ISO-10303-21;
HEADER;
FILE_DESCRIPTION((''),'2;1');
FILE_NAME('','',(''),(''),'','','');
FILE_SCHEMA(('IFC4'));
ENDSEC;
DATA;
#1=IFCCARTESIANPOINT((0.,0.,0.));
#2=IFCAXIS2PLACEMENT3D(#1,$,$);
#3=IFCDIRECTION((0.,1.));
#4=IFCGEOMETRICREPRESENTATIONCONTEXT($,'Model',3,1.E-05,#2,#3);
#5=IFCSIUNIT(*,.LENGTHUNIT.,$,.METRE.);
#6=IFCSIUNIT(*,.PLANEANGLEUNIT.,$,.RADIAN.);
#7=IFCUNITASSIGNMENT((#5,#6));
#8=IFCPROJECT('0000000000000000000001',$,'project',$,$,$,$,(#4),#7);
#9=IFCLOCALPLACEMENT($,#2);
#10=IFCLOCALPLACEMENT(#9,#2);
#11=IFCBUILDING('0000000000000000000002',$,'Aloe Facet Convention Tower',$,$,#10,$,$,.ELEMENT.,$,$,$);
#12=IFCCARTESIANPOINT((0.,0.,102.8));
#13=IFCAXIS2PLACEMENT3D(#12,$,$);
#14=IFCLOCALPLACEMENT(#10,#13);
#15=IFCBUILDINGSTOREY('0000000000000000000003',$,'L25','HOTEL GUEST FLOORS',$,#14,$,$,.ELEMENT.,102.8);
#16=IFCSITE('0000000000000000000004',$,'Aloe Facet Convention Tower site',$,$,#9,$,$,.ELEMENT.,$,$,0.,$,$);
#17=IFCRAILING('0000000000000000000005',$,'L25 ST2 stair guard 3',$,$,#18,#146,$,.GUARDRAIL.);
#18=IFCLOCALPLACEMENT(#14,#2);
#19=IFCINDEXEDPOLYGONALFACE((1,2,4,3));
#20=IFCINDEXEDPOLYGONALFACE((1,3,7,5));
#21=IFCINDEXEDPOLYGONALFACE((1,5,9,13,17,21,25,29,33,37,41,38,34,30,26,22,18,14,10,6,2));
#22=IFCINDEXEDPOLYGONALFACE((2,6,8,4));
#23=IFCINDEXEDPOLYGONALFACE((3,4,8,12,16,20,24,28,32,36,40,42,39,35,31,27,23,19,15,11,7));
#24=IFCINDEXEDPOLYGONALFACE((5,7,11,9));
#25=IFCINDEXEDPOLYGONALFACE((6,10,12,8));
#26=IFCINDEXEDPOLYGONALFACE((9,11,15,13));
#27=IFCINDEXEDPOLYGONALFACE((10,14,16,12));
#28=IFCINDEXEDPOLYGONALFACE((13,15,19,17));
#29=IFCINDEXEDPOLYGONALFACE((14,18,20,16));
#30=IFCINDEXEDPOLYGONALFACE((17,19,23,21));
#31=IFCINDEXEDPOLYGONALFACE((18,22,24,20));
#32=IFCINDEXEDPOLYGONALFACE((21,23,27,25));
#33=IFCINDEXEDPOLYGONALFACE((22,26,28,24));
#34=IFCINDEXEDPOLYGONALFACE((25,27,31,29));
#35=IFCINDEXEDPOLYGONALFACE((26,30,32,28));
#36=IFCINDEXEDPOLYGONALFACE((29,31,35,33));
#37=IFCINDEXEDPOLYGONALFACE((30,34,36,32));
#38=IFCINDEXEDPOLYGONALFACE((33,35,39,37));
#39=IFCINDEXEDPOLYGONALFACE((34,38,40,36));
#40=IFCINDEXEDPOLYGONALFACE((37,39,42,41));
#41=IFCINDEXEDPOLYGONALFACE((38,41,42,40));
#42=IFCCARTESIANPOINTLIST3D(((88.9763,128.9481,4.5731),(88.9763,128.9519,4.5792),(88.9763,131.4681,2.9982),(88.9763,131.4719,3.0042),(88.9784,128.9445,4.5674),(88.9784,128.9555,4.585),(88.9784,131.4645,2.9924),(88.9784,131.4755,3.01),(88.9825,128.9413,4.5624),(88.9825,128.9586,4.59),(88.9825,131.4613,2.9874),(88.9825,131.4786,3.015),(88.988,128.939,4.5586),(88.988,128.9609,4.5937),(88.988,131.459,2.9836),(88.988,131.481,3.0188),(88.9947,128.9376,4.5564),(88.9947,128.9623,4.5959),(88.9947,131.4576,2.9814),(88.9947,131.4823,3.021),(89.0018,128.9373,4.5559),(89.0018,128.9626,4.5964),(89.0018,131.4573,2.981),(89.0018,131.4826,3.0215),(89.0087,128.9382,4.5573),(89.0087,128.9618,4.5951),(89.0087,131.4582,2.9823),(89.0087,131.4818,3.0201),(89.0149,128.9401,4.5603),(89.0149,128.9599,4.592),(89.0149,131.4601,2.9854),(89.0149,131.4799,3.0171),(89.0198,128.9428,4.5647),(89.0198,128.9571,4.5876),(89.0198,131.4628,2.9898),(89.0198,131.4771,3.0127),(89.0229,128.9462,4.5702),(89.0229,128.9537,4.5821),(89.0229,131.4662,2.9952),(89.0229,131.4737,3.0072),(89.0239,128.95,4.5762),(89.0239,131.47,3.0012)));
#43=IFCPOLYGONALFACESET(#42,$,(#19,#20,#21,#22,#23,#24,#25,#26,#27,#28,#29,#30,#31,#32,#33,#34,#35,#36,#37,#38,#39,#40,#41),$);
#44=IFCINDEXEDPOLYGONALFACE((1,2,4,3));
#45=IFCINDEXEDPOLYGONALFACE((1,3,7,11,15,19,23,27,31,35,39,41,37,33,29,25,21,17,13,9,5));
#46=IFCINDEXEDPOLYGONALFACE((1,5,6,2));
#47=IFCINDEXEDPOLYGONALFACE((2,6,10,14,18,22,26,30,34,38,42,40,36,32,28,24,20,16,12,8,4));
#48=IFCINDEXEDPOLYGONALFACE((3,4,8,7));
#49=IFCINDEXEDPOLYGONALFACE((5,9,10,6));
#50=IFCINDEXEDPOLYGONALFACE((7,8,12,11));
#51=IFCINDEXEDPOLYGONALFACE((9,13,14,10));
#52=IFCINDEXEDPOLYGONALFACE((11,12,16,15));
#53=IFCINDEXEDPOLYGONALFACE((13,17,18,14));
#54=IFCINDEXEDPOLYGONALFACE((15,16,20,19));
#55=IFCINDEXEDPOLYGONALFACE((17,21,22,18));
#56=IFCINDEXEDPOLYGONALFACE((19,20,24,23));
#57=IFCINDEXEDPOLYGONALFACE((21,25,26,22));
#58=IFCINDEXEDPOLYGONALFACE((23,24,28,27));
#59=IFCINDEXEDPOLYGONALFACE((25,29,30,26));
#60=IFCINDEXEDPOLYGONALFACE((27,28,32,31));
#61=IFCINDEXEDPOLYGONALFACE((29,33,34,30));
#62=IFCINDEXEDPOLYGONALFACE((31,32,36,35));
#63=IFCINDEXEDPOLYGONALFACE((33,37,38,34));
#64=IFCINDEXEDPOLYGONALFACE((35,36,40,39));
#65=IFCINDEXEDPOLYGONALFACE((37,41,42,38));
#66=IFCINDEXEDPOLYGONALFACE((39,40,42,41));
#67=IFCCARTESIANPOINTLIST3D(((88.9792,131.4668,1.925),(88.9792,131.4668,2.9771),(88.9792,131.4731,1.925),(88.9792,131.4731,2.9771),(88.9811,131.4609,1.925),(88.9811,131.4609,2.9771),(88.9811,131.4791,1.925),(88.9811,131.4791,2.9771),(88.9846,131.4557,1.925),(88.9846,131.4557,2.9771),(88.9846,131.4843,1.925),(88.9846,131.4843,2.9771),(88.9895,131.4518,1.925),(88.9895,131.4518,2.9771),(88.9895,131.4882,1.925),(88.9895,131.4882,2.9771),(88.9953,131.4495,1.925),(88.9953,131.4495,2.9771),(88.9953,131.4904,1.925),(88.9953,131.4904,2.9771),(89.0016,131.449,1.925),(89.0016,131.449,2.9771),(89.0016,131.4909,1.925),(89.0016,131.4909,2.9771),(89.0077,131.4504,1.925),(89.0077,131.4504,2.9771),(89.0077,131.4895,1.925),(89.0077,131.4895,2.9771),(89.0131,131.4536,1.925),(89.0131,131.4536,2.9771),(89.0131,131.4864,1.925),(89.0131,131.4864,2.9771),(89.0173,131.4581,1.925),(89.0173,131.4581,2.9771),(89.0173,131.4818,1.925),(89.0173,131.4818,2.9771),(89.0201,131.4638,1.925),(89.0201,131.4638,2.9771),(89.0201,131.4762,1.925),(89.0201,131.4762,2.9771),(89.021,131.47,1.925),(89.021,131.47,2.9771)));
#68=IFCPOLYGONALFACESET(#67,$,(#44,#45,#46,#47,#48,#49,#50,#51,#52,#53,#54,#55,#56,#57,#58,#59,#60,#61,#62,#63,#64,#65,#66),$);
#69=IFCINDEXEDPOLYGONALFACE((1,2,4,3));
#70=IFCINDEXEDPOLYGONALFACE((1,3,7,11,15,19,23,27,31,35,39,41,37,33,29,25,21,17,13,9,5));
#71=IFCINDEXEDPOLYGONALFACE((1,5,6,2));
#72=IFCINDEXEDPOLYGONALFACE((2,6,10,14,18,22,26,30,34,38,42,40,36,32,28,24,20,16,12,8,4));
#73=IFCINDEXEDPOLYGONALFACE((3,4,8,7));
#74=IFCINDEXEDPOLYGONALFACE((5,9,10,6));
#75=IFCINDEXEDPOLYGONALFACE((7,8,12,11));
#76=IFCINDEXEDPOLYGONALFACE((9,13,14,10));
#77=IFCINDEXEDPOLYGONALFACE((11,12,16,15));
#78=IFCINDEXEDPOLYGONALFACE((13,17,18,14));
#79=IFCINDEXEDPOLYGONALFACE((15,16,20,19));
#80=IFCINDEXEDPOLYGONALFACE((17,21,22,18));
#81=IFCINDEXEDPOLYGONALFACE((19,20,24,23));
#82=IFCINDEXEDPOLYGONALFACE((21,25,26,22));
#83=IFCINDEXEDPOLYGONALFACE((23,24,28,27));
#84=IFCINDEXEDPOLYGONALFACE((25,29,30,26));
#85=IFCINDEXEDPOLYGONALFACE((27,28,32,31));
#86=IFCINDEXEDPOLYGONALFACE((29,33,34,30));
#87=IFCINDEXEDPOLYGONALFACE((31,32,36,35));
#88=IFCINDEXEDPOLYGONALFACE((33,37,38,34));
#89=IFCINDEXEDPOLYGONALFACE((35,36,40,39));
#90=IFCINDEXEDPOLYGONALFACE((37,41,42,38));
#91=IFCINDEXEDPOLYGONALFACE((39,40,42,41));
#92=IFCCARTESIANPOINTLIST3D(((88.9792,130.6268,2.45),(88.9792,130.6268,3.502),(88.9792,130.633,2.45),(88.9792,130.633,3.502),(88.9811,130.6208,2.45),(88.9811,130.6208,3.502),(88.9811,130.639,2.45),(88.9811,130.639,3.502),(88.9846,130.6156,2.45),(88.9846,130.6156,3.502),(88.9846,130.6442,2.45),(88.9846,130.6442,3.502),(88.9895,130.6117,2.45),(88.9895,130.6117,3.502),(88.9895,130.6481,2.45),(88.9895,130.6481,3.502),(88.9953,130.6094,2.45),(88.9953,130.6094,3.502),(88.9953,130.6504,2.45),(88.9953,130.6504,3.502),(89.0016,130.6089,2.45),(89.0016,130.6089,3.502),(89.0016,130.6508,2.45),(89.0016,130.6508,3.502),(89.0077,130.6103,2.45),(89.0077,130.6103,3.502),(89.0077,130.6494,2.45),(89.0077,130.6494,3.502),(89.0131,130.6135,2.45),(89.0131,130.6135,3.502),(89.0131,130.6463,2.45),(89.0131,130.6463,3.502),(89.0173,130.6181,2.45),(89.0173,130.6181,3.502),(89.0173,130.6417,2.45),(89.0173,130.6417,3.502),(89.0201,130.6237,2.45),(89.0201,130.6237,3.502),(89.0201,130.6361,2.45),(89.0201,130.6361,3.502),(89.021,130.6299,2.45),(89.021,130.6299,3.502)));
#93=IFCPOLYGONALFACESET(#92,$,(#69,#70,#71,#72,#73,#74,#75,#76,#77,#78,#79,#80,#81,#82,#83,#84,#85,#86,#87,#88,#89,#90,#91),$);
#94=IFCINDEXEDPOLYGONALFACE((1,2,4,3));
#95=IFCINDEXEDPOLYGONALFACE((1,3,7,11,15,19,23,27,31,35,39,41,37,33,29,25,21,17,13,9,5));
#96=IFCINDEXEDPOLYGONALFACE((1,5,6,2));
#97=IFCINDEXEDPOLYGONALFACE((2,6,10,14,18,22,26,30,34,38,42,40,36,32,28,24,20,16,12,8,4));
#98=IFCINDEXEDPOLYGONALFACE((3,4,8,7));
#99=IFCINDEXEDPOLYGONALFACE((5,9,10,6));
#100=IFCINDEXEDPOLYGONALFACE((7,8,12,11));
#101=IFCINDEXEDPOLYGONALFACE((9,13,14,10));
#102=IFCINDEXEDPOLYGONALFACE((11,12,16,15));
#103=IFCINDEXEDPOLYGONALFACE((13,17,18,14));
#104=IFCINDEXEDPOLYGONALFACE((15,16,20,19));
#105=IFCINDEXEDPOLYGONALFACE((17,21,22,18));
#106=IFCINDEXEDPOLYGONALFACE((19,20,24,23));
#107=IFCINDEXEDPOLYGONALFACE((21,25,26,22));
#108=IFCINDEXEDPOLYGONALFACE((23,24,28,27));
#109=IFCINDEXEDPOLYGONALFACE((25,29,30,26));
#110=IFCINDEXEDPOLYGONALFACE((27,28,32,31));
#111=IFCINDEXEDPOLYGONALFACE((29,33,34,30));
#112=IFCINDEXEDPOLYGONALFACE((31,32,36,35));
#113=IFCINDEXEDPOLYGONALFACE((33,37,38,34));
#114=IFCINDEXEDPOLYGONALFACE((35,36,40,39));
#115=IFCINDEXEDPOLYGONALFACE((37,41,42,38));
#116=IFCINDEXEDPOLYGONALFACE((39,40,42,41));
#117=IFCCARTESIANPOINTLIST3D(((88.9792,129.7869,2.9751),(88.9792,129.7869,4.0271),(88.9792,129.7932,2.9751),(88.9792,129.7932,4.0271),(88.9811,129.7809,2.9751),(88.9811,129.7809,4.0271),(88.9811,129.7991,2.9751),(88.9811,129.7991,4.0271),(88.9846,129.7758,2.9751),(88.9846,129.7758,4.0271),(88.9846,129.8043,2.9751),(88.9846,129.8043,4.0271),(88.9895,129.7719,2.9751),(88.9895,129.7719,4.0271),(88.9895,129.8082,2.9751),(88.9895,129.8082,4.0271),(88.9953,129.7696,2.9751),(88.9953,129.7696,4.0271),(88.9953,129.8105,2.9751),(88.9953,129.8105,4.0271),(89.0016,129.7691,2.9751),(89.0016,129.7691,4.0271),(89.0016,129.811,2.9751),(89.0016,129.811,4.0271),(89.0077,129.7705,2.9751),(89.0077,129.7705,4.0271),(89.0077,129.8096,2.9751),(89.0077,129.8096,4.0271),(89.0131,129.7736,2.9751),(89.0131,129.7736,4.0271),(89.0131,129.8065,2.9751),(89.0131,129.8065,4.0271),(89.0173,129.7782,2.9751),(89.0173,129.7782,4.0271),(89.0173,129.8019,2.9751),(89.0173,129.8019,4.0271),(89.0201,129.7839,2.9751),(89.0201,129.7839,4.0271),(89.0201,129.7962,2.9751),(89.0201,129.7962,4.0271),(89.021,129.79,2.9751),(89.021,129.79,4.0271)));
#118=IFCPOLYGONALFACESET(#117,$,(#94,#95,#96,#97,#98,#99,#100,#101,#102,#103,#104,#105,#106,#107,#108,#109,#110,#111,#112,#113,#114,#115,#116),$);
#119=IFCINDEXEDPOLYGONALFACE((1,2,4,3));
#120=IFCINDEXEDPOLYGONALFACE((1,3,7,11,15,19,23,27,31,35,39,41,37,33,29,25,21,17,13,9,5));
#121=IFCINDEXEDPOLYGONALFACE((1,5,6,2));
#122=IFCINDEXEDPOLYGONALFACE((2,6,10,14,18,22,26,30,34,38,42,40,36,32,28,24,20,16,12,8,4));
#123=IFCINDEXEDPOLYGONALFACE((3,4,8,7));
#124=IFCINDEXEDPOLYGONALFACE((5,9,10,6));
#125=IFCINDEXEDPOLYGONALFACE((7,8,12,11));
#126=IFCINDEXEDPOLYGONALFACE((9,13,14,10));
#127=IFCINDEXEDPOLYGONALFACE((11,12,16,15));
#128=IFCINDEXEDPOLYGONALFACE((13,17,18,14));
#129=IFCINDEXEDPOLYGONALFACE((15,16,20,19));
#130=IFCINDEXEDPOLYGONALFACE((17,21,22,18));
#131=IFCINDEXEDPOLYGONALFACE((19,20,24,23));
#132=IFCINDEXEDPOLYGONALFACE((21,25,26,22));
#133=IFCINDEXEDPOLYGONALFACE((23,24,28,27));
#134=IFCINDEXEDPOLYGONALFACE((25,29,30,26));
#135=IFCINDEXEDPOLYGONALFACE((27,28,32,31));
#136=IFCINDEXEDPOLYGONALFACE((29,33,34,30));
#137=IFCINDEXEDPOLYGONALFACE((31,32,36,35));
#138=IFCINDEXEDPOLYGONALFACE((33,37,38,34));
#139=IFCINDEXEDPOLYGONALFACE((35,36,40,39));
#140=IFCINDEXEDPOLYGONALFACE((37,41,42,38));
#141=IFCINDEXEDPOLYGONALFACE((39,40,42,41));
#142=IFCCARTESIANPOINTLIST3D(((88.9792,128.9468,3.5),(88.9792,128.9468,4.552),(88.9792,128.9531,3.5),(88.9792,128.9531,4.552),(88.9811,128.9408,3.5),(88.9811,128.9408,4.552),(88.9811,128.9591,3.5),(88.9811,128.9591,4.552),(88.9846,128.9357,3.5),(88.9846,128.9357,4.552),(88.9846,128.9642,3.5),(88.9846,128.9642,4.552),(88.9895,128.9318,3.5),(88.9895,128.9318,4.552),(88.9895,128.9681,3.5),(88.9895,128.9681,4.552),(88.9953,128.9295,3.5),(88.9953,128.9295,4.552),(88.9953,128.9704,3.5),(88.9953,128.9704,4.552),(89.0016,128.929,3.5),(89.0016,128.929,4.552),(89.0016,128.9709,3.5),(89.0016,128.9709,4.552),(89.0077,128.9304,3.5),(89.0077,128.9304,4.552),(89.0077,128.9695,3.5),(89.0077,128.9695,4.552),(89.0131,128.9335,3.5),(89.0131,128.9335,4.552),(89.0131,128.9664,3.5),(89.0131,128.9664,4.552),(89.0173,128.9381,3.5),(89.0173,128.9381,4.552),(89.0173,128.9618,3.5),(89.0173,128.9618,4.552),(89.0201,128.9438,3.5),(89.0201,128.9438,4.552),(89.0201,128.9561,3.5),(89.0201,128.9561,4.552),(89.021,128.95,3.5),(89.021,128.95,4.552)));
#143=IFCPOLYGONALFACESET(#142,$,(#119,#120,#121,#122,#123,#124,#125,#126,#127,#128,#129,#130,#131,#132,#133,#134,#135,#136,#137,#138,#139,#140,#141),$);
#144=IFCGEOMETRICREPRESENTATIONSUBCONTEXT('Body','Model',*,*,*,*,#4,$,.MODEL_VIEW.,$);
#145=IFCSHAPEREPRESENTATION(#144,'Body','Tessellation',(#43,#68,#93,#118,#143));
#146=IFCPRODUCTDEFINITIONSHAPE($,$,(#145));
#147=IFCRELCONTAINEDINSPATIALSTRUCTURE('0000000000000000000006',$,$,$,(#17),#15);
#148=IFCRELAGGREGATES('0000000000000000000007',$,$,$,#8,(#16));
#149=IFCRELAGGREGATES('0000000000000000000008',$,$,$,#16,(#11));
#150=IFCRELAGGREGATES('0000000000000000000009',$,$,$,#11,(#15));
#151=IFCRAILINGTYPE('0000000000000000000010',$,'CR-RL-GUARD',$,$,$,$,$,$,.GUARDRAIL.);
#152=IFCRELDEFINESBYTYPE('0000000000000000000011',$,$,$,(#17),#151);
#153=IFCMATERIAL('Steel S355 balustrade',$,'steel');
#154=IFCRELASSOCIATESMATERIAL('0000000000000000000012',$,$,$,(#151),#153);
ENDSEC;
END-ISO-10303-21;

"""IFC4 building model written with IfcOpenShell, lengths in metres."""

from ifc_helpers import new_model, si_unit, direction, frame, origin, origin_2d, place, context, subcontext, project, spatial, circle, extrude, material, type_object, element, save


model = new_model("IFC4")

# Units and contexts
model_context = context("Model", 3, precision=1e-05, world=origin(), true_north=direction((0.0, 1.0)))
body_context = subcontext(model_context, "Body", "Model", "MODEL_VIEW")
ifc_project = project(units=[si_unit("LENGTHUNIT", "METRE"), si_unit("PLANEANGLEUNIT", "RADIAN")], contexts=[model_context])

# Site, building, storey
site_placement = place(None, origin())
site = spatial("IfcSite", under=ifc_project, at=site_placement, Name="Aloe Facet Convention Tower site", CompositionType="ELEMENT", RefElevation=0.0)
building_placement = place(site_placement, origin())
building = spatial("IfcBuilding", under=site, at=building_placement, Name="Aloe Facet Convention Tower", CompositionType="ELEMENT")
storey_placement = place(building_placement, frame((0.0, 0.0, 102.8)))
storey = spatial("IfcBuildingStorey", under=building, at=storey_placement, Name="L25", Description="HOTEL GUEST FLOORS", CompositionType="ELEMENT", Elevation=102.8)

# Railing
ifc_material_1 = material(Name="Steel S355 balustrade", Category="steel")
railing_type_1 = type_object("IfcRailingType", Name="CR-RL-GUARD", PredefinedType="GUARDRAIL", material=ifc_material_1)
railing_1_placement = place(storey_placement, frame((89.0, 131.47, 1.925)))
element("IfcRailing", 1, at=railing_1_placement, inside=storey, type_object=railing_type_1, Name="L25 ST2 stair guard 3", PredefinedType="GUARDRAIL", context=body_context, shape_type="SweptSolid", body=[
    extrude(circle(Radius=0.0239, at=origin_2d()), frame((0.0, 0.0, 1.0762), z_axis=(0.0, -0.848008, 0.529984), x_axis=(1.0, 0.0, 0.0)), (0.0, 0.0, 1.0), 2.9717),
    extrude(circle(Radius=0.021, at=origin_2d()), origin(), (0.0, 0.0, 1.0), 1.052),
    extrude(circle(Radius=0.021, at=origin_2d()), frame((0.0, -0.8401, 0.5249)), (0.0, 0.0, 1.0), 1.052),
    extrude(circle(Radius=0.021, at=origin_2d()), frame((0.0, -1.6799, 1.05)), (0.0, 0.0, 1.0), 1.052),
    extrude(circle(Radius=0.021, at=origin_2d()), frame((0.0, -2.52, 1.575)), (0.0, 0.0, 1.0), 1.052),
])

save(model, "model.ifc")
